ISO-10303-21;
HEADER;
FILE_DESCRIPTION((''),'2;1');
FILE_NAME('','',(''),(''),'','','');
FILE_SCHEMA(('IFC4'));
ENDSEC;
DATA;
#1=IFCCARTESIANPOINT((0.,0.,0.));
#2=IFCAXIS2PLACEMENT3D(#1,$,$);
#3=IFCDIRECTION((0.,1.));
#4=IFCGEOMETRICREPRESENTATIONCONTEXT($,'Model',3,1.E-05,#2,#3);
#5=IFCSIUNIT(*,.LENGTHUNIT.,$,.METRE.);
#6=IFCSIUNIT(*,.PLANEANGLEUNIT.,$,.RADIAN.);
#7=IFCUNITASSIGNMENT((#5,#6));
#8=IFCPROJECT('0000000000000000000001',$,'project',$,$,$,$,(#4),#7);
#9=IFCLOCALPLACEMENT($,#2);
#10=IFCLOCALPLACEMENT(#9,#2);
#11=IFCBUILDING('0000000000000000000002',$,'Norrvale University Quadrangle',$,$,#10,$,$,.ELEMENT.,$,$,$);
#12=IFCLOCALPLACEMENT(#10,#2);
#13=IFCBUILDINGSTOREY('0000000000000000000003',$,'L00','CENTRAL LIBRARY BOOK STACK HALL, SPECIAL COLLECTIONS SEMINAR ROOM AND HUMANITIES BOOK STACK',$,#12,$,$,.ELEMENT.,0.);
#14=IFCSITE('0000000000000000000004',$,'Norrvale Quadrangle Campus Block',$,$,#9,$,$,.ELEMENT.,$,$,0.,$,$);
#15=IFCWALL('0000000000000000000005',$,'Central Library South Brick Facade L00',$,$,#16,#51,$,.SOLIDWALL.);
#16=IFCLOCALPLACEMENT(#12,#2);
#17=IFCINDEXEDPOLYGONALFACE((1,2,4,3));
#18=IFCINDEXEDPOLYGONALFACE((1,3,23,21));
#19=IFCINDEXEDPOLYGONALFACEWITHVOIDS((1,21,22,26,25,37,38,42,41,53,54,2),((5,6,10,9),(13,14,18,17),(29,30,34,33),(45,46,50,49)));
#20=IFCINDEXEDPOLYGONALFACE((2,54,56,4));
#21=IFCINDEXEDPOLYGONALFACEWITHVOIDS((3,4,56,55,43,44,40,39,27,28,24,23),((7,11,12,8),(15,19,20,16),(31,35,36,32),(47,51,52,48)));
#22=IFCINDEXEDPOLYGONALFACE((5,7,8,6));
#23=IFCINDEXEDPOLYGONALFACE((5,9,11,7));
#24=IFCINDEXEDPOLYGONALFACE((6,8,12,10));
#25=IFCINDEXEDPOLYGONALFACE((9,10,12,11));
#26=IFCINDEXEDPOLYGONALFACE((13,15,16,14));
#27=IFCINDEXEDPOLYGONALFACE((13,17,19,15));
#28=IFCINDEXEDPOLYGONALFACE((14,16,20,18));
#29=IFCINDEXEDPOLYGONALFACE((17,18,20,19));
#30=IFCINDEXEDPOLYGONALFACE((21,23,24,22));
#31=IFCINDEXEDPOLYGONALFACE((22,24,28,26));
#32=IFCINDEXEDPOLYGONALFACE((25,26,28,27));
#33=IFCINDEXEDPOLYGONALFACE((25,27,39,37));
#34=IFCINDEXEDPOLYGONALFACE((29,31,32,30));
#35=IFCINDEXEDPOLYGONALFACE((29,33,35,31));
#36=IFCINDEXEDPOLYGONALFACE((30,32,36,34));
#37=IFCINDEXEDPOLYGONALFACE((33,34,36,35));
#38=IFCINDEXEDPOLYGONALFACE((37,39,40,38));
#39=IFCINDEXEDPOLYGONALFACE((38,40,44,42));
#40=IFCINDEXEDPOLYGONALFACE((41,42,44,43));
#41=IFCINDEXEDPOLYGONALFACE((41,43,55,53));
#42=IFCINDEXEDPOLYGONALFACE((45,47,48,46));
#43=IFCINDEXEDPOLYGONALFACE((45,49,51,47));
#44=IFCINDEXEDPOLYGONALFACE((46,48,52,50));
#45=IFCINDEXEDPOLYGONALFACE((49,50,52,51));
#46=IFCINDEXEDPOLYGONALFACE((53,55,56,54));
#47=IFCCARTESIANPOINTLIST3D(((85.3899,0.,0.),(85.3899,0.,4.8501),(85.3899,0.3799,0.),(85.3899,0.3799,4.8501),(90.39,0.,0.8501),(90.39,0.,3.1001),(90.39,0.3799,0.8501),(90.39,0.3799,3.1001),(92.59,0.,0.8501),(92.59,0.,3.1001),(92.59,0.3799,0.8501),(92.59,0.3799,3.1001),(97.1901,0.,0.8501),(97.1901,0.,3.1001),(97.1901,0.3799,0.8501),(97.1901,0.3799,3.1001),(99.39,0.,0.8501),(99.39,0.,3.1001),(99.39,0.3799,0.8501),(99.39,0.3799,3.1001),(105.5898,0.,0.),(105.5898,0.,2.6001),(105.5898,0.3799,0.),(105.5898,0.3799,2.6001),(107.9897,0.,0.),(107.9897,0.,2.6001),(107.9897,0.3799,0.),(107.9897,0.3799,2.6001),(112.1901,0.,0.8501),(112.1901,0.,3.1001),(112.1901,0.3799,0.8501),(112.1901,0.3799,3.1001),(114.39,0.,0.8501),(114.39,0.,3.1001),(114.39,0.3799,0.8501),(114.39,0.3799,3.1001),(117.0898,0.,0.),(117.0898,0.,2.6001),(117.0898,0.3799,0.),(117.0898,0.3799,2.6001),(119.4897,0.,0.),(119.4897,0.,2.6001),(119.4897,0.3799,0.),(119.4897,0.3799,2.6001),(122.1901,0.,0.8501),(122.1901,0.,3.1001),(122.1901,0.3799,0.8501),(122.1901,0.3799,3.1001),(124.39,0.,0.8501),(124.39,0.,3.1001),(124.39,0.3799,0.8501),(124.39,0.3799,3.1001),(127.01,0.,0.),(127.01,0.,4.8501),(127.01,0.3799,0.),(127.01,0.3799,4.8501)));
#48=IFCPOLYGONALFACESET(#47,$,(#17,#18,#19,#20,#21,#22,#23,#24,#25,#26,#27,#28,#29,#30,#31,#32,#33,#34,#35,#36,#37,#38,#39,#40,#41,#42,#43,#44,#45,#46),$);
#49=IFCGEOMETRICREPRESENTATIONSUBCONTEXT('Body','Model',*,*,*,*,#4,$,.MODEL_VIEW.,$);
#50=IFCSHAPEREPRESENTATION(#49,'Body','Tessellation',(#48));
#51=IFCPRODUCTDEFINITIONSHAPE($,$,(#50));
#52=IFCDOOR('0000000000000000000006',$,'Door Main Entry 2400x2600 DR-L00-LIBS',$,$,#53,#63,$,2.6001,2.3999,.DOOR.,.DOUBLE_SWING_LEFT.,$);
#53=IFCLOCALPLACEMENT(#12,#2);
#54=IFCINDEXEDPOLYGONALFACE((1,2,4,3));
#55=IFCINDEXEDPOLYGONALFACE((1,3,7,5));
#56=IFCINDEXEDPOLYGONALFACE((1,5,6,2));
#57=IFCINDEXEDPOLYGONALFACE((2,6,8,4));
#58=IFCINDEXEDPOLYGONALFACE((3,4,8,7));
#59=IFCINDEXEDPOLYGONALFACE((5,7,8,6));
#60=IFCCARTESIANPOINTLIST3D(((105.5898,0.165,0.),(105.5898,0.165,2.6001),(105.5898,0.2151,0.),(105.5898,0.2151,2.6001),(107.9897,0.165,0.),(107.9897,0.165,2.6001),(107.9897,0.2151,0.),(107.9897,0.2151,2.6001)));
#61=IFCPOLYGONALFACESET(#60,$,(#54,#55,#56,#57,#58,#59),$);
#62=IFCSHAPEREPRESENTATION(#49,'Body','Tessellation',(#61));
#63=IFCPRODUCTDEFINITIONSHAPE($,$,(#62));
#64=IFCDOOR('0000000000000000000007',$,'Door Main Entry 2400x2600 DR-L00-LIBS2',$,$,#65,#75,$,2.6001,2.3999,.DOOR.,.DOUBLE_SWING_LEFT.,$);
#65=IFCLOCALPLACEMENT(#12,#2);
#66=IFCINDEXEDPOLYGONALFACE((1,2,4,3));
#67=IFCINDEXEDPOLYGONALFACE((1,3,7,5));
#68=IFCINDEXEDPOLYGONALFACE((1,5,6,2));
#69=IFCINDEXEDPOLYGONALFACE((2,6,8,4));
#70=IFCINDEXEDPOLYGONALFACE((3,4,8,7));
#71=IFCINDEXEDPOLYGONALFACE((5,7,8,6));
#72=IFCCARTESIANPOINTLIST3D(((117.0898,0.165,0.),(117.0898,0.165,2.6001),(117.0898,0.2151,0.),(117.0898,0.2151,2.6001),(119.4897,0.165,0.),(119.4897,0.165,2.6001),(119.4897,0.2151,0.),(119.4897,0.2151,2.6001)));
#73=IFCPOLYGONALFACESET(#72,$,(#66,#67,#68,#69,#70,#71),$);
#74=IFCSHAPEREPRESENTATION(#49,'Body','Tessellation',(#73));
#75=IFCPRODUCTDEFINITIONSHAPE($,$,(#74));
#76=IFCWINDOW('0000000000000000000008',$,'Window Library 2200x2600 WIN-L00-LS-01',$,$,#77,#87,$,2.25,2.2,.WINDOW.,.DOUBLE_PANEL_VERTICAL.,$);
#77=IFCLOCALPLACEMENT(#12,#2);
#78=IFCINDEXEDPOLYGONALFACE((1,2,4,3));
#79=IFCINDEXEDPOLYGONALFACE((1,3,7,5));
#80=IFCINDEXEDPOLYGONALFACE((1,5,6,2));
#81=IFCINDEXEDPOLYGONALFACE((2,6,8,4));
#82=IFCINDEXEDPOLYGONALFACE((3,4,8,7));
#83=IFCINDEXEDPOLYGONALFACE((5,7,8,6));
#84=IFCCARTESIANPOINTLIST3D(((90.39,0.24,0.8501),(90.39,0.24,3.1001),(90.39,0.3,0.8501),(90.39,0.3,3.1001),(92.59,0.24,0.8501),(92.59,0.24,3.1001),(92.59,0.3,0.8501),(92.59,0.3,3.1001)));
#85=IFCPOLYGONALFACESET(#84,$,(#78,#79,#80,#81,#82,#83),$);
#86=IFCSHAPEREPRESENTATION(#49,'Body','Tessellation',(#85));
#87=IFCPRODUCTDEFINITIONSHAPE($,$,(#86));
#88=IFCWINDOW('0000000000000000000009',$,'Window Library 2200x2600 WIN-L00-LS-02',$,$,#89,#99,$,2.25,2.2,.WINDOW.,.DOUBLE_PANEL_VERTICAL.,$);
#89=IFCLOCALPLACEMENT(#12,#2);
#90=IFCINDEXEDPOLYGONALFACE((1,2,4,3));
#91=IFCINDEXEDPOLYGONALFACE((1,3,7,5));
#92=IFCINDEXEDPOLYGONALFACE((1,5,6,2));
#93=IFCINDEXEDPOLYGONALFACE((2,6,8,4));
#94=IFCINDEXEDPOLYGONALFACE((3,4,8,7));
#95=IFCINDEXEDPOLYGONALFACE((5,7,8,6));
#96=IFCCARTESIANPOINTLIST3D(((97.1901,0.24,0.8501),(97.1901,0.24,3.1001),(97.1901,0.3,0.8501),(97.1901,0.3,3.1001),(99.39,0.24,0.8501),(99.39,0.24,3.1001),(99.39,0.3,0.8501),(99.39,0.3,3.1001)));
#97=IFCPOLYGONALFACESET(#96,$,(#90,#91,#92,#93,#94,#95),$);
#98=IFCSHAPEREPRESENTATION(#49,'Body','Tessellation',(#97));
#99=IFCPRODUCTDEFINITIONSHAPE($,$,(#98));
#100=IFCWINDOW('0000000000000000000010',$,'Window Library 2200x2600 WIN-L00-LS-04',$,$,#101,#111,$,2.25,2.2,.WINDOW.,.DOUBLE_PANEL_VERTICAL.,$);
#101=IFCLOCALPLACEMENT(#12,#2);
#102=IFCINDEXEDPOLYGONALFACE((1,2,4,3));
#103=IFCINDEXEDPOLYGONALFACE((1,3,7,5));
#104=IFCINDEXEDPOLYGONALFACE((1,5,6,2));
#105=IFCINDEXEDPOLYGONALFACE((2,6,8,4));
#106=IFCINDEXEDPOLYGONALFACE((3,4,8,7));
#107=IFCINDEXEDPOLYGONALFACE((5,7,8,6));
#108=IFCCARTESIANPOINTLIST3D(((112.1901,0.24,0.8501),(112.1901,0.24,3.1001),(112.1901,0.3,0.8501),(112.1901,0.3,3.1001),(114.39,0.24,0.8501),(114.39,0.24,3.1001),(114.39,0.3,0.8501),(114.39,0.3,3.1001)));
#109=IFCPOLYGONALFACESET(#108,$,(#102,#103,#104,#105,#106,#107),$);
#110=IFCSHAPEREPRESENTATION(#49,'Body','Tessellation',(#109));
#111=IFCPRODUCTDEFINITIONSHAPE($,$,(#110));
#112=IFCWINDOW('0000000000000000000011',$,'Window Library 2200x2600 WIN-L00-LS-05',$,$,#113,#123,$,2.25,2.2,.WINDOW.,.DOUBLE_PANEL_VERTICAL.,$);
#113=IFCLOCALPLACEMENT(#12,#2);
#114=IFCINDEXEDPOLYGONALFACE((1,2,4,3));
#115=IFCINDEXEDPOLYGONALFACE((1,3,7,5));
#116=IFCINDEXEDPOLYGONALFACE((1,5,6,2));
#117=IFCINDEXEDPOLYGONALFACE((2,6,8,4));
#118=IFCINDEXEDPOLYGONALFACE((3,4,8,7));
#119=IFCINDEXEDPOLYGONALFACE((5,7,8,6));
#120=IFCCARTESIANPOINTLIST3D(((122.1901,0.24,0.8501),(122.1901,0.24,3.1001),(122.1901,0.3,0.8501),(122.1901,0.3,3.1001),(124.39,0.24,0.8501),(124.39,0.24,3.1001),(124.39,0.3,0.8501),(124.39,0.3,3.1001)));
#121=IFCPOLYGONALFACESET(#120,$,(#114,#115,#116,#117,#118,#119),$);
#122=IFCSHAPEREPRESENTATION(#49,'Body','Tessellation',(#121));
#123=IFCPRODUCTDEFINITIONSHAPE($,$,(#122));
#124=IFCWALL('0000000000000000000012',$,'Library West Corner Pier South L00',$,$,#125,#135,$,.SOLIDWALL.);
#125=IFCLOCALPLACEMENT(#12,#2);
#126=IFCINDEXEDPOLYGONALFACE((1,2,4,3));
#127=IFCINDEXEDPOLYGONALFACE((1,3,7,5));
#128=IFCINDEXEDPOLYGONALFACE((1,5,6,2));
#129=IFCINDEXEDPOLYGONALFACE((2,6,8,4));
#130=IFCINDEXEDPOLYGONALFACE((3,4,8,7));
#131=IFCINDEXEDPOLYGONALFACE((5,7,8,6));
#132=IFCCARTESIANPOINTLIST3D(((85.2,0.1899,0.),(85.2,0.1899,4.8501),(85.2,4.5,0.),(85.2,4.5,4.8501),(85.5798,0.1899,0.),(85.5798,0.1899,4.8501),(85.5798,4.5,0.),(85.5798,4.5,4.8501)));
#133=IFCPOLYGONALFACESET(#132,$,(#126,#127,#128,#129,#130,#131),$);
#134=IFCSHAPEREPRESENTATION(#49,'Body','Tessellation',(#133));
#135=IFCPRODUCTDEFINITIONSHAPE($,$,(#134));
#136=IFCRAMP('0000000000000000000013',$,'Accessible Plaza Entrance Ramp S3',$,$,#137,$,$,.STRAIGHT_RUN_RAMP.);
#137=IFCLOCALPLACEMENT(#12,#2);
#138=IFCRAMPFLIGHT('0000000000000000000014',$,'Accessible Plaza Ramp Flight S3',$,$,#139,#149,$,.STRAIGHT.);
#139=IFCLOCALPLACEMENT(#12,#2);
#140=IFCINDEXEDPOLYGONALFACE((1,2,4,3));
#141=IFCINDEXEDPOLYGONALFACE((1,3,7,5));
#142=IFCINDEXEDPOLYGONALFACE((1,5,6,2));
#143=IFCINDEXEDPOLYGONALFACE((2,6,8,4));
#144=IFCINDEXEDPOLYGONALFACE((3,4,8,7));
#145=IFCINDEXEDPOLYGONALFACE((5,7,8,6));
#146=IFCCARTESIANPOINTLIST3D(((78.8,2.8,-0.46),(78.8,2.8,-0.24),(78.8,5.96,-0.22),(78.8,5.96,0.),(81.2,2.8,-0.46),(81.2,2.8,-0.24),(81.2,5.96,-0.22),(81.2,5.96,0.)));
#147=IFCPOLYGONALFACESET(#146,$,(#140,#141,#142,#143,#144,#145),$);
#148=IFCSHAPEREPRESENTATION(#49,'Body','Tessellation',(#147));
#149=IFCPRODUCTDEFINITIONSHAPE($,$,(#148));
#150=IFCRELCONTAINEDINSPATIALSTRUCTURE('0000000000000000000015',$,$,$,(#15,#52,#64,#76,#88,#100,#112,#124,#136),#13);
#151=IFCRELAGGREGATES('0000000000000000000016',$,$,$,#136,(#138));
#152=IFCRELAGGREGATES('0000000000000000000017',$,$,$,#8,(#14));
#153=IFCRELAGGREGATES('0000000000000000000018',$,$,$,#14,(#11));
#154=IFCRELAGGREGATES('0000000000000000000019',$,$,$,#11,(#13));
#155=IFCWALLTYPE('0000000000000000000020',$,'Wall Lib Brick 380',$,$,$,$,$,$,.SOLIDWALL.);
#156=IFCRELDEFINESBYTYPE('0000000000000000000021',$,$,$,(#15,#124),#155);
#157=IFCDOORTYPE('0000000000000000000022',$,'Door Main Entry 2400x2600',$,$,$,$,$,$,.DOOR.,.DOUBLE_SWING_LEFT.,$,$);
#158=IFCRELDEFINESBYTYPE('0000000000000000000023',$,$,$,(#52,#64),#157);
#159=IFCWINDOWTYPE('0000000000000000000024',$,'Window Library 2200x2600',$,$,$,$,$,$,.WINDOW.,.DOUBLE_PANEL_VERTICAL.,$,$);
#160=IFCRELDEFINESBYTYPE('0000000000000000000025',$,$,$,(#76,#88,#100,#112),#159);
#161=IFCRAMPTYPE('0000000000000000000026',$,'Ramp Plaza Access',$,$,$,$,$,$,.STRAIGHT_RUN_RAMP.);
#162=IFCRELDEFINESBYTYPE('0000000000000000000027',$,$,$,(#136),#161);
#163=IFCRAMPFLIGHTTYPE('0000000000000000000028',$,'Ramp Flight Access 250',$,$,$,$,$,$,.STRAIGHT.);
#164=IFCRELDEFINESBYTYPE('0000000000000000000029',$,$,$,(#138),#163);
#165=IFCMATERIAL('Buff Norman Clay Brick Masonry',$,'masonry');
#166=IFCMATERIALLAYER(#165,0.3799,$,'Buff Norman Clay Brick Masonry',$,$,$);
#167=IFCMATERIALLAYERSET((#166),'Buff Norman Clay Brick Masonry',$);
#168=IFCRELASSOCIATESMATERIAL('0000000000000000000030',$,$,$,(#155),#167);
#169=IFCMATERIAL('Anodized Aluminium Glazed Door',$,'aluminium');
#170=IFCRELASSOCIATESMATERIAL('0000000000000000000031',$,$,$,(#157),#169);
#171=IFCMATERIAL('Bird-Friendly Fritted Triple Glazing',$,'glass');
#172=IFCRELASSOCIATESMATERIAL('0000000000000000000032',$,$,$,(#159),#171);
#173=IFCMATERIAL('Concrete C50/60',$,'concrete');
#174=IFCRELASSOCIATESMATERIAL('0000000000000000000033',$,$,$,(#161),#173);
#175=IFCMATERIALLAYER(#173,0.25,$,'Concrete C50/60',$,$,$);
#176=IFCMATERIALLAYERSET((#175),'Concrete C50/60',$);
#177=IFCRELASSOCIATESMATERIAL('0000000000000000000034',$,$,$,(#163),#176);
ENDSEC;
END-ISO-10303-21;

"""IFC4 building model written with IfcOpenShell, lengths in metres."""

from ifc_helpers import new_model, si_unit, direction, frame, frame_2d, origin, place, context, subcontext, project, spatial, polyline, rectangle, outline, extrude, material, layer, layer_set, type_object, element, fill, aggregate, save


model = new_model("IFC4")

# Units and contexts
model_context = context("Model", 3, precision=1e-05, world=origin(), true_north=direction((0.0, 1.0)))
body_context = subcontext(model_context, "Body", "Model", "MODEL_VIEW")
ifc_project = project(units=[si_unit("LENGTHUNIT", "METRE"), si_unit("PLANEANGLEUNIT", "RADIAN")], contexts=[model_context])

# Site, building, storey
site_placement = place(None, origin())
site = spatial("IfcSite", under=ifc_project, at=site_placement, Name="Norrvale Quadrangle Campus Block", CompositionType="ELEMENT", RefElevation=0.0)
building_placement = place(site_placement, origin())
building = spatial("IfcBuilding", under=site, at=building_placement, Name="Norrvale University Quadrangle", CompositionType="ELEMENT")
storey_placement = place(building_placement, origin())
storey = spatial("IfcBuildingStorey", under=building, at=storey_placement, Name="L00", Description="CENTRAL LIBRARY BOOK STACK HALL, SPECIAL COLLECTIONS SEMINAR ROOM AND HUMANITIES BOOK STACK", CompositionType="ELEMENT", Elevation=0.0)

# Wall, openings, doors, windows
ifc_material_1 = material(Name="Buff Norman Clay Brick Masonry", Category="masonry")
ifc_layer_1 = layer(ifc_material_1, 0.3799, Name="Buff Norman Clay Brick Masonry")
ifc_layer_set_1 = layer_set([ifc_layer_1], Name="Buff Norman Clay Brick Masonry")
wall_type = type_object("IfcWallType", Name="Wall Lib Brick 380", PredefinedType="SOLIDWALL", material=ifc_layer_set_1)
wall_1_placement = place(storey_placement, frame((85.3899, 0.1899, 0.0), z_axis=(0.0, 0.0, 1.0), x_axis=(1.0, 0.0, 0.0)))
wall_1 = element("IfcWall", 1, at=wall_1_placement, inside=storey, type_object=wall_type, Name="Central Library South Brick Facade L00", PredefinedType="SOLIDWALL", context=body_context, shape_type="SweptSolid", body=[
    extrude(rectangle(XDim=41.6201, YDim=0.3799, at=frame_2d((20.8101, 0.0))), origin(), (0.0, 0.0, 1.0), 4.8501),
])
opening_1_placement = place(wall_1_placement, frame((5.0, 0.0, 0.8501)))
opening_1 = element("IfcOpeningElement", 2, at=opening_1_placement, cuts=wall_1, PredefinedType="OPENING", context=body_context, shape_type="SweptSolid", body=[
    extrude(rectangle(XDim=2.2, YDim=2.25, at=frame_2d((1.1001, 1.125))), frame((0.0, 0.2019, 0.0), z_axis=(0.0, -1.0, 0.0), x_axis=(1.0, 0.0, 0.0)), (0.0, 0.0, 1.0), 0.4038),
])
opening_2_placement = place(wall_1_placement, frame((11.8, 0.0, 0.8501)))
opening_2 = element("IfcOpeningElement", 3, at=opening_2_placement, cuts=wall_1, PredefinedType="OPENING", context=body_context, shape_type="SweptSolid", body=[
    extrude(rectangle(XDim=2.2, YDim=2.25, at=frame_2d((1.1001, 1.125))), frame((0.0, 0.2019, 0.0), z_axis=(0.0, -1.0, 0.0), x_axis=(1.0, 0.0, 0.0)), (0.0, 0.0, 1.0), 0.4038),
])
opening_3_placement = place(wall_1_placement, frame((20.2, 0.0, 0.0)))
opening_3 = element("IfcOpeningElement", 4, at=opening_3_placement, cuts=wall_1, PredefinedType="OPENING", context=body_context, shape_type="SweptSolid", body=[
    extrude(rectangle(XDim=2.3999, YDim=2.6001, at=frame_2d((1.2, 1.3))), frame((0.0, 0.2019, 0.0), z_axis=(0.0, -1.0, 0.0), x_axis=(1.0, 0.0, 0.0)), (0.0, 0.0, 1.0), 0.4038),
])
opening_4_placement = place(wall_1_placement, frame((26.8, 0.0, 0.8501)))
opening_4 = element("IfcOpeningElement", 5, at=opening_4_placement, cuts=wall_1, PredefinedType="OPENING", context=body_context, shape_type="SweptSolid", body=[
    extrude(rectangle(XDim=2.2, YDim=2.25, at=frame_2d((1.1001, 1.125))), frame((0.0, 0.2019, 0.0), z_axis=(0.0, -1.0, 0.0), x_axis=(1.0, 0.0, 0.0)), (0.0, 0.0, 1.0), 0.4038),
])
opening_5_placement = place(wall_1_placement, frame((36.8, 0.0, 0.8501)))
opening_5 = element("IfcOpeningElement", 6, at=opening_5_placement, cuts=wall_1, PredefinedType="OPENING", context=body_context, shape_type="SweptSolid", body=[
    extrude(rectangle(XDim=2.2, YDim=2.25, at=frame_2d((1.1001, 1.125))), frame((0.0, 0.2019, 0.0), z_axis=(0.0, -1.0, 0.0), x_axis=(1.0, 0.0, 0.0)), (0.0, 0.0, 1.0), 0.4038),
])
opening_6_placement = place(wall_1_placement, frame((31.7, 0.0, 0.0)))
opening_6 = element("IfcOpeningElement", 7, at=opening_6_placement, cuts=wall_1, PredefinedType="OPENING", context=body_context, shape_type="SweptSolid", body=[
    extrude(rectangle(XDim=2.3999, YDim=2.6001, at=frame_2d((1.2, 1.3))), frame((0.0, 0.2019, 0.0), z_axis=(0.0, -1.0, 0.0), x_axis=(1.0, 0.0, 0.0)), (0.0, 0.0, 1.0), 0.4038),
])
ifc_material_2 = material(Name="Anodized Aluminium Glazed Door", Category="aluminium")
door_type = type_object("IfcDoorType", Name="Door Main Entry 2400x2600", OperationType="DOUBLE_SWING_LEFT", PredefinedType="DOOR", material=ifc_material_2)
door_1_placement = place(opening_3_placement, frame((2.3999, 0.0, 0.0), z_axis=(0.0, 0.0, 1.0), x_axis=(-1.0, 0.0, 0.0)))
door_1 = element("IfcDoor", 8, at=door_1_placement, inside=storey, type_object=door_type, Name="Door Main Entry 2400x2600 DR-L00-LIBS", OperationType="DOUBLE_SWING_LEFT", OverallHeight=2.6001, OverallWidth=2.3999, PredefinedType="DOOR", context=body_context, shape_type="SweptSolid", body=[
    extrude(rectangle(XDim=2.3999, YDim=2.6001, at=frame_2d((1.2, 1.3))), frame((0.0, 0.0249, 0.0), z_axis=(0.0, -1.0, 0.0), x_axis=(1.0, 0.0, 0.0)), (0.0, 0.0, 1.0), 0.05),
])
fill(opening_3, door_1)
door_2_placement = place(opening_6_placement, frame((2.3999, 0.0, 0.0), z_axis=(0.0, 0.0, 1.0), x_axis=(-1.0, 0.0, 0.0)))
door_2 = element("IfcDoor", 9, at=door_2_placement, inside=storey, type_object=door_type, Name="Door Main Entry 2400x2600 DR-L00-LIBS2", OperationType="DOUBLE_SWING_LEFT", OverallHeight=2.6001, OverallWidth=2.3999, PredefinedType="DOOR", context=body_context, shape_type="SweptSolid", body=[
    extrude(rectangle(XDim=2.3999, YDim=2.6001, at=frame_2d((1.2, 1.3))), frame((0.0, 0.0249, 0.0), z_axis=(0.0, -1.0, 0.0), x_axis=(1.0, 0.0, 0.0)), (0.0, 0.0, 1.0), 0.05),
])
fill(opening_6, door_2)
ifc_material_3 = material(Name="Bird-Friendly Fritted Triple Glazing", Category="glass")
window_type = type_object("IfcWindowType", Name="Window Library 2200x2600", PartitioningType="DOUBLE_PANEL_VERTICAL", PredefinedType="WINDOW", material=ifc_material_3)
window_1_placement = place(opening_1_placement, origin())
window_1 = element("IfcWindow", 10, at=window_1_placement, inside=storey, type_object=window_type, Name="Window Library 2200x2600 WIN-L00-LS-01", OverallHeight=2.25, OverallWidth=2.2, PartitioningType="DOUBLE_PANEL_VERTICAL", PredefinedType="WINDOW", context=body_context, shape_type="SweptSolid", body=[
    extrude(rectangle(XDim=2.2, YDim=2.25, at=frame_2d((1.1001, 1.125))), frame((0.0, 0.1101, 0.0), z_axis=(0.0, -1.0, 0.0), x_axis=(1.0, 0.0, 0.0)), (0.0, 0.0, 1.0), 0.0601),
])
fill(opening_1, window_1)
window_2_placement = place(opening_2_placement, origin())
window_2 = element("IfcWindow", 11, at=window_2_placement, inside=storey, type_object=window_type, Name="Window Library 2200x2600 WIN-L00-LS-02", OverallHeight=2.25, OverallWidth=2.2, PartitioningType="DOUBLE_PANEL_VERTICAL", PredefinedType="WINDOW", context=body_context, shape_type="SweptSolid", body=[
    extrude(rectangle(XDim=2.2, YDim=2.25, at=frame_2d((1.1001, 1.125))), frame((0.0, 0.1101, 0.0), z_axis=(0.0, -1.0, 0.0), x_axis=(1.0, 0.0, 0.0)), (0.0, 0.0, 1.0), 0.0601),
])
fill(opening_2, window_2)
window_3_placement = place(opening_4_placement, origin())
window_3 = element("IfcWindow", 12, at=window_3_placement, inside=storey, type_object=window_type, Name="Window Library 2200x2600 WIN-L00-LS-04", OverallHeight=2.25, OverallWidth=2.2, PartitioningType="DOUBLE_PANEL_VERTICAL", PredefinedType="WINDOW", context=body_context, shape_type="SweptSolid", body=[
    extrude(rectangle(XDim=2.2, YDim=2.25, at=frame_2d((1.1001, 1.125))), frame((0.0, 0.1101, 0.0), z_axis=(0.0, -1.0, 0.0), x_axis=(1.0, 0.0, 0.0)), (0.0, 0.0, 1.0), 0.0601),
])
fill(opening_4, window_3)
window_4_placement = place(opening_5_placement, origin())
window_4 = element("IfcWindow", 13, at=window_4_placement, inside=storey, type_object=window_type, Name="Window Library 2200x2600 WIN-L00-LS-05", OverallHeight=2.25, OverallWidth=2.2, PartitioningType="DOUBLE_PANEL_VERTICAL", PredefinedType="WINDOW", context=body_context, shape_type="SweptSolid", body=[
    extrude(rectangle(XDim=2.2, YDim=2.25, at=frame_2d((1.1001, 1.125))), frame((0.0, 0.1101, 0.0), z_axis=(0.0, -1.0, 0.0), x_axis=(1.0, 0.0, 0.0)), (0.0, 0.0, 1.0), 0.0601),
])
fill(opening_5, window_4)

# Wall
wall_2_placement = place(storey_placement, frame((85.3899, 0.1899, 0.0), z_axis=(0.0, 0.0, 1.0), x_axis=(0.0, 1.0, 0.0)))
element("IfcWall", 14, at=wall_2_placement, inside=storey, type_object=wall_type, Name="Library West Corner Pier South L00", PredefinedType="SOLIDWALL", context=body_context, shape_type="SweptSolid", body=[
    extrude(rectangle(XDim=4.3101, YDim=0.3799, at=frame_2d((2.155, 0.0))), origin(), (0.0, 0.0, 1.0), 4.8501),
])

# Ramp, ramp flight
ifc_material_4 = material(Name="Concrete C50/60", Category="concrete")
ramp_type = type_object("IfcRampType", Name="Ramp Plaza Access", PredefinedType="STRAIGHT_RUN_RAMP", material=ifc_material_4)
ramp_placement = place(storey_placement, origin())
ramp = element("IfcRamp", 15, at=ramp_placement, inside=storey, type_object=ramp_type, Name="Accessible Plaza Entrance Ramp S3", PredefinedType="STRAIGHT_RUN_RAMP")
ifc_layer_2 = layer(ifc_material_4, 0.25, Name="Concrete C50/60")
ifc_layer_set_2 = layer_set([ifc_layer_2], Name="Concrete C50/60")
ramp_flight_type = type_object("IfcRampFlightType", Name="Ramp Flight Access 250", PredefinedType="STRAIGHT", material=ifc_layer_set_2)
ramp_flight_placement = place(storey_placement, frame((80.0, 2.8, -0.24), z_axis=(0.0, 0.0, 1.0), x_axis=(0.0, 1.0, 0.0)))
ramp_flight = element("IfcRampFlight", 16, at=ramp_flight_placement, type_object=ramp_flight_type, Name="Accessible Plaza Ramp Flight S3", PredefinedType="STRAIGHT", context=body_context, shape_type="SweptSolid", body=[
    extrude(outline(polyline([(0.0, 0.0), (3.1599, 0.24), (3.1599, 0.02), (0.0, -0.22), (0.0, 0.0)])), frame((0.0, 1.2, 0.0), z_axis=(0.0, -1.0, 0.0), x_axis=(1.0, 0.0, 0.0)), (0.0, 0.0, 1.0), 2.3999),
])
aggregate(ramp, [ramp_flight])

save(model, "model.ifc")
